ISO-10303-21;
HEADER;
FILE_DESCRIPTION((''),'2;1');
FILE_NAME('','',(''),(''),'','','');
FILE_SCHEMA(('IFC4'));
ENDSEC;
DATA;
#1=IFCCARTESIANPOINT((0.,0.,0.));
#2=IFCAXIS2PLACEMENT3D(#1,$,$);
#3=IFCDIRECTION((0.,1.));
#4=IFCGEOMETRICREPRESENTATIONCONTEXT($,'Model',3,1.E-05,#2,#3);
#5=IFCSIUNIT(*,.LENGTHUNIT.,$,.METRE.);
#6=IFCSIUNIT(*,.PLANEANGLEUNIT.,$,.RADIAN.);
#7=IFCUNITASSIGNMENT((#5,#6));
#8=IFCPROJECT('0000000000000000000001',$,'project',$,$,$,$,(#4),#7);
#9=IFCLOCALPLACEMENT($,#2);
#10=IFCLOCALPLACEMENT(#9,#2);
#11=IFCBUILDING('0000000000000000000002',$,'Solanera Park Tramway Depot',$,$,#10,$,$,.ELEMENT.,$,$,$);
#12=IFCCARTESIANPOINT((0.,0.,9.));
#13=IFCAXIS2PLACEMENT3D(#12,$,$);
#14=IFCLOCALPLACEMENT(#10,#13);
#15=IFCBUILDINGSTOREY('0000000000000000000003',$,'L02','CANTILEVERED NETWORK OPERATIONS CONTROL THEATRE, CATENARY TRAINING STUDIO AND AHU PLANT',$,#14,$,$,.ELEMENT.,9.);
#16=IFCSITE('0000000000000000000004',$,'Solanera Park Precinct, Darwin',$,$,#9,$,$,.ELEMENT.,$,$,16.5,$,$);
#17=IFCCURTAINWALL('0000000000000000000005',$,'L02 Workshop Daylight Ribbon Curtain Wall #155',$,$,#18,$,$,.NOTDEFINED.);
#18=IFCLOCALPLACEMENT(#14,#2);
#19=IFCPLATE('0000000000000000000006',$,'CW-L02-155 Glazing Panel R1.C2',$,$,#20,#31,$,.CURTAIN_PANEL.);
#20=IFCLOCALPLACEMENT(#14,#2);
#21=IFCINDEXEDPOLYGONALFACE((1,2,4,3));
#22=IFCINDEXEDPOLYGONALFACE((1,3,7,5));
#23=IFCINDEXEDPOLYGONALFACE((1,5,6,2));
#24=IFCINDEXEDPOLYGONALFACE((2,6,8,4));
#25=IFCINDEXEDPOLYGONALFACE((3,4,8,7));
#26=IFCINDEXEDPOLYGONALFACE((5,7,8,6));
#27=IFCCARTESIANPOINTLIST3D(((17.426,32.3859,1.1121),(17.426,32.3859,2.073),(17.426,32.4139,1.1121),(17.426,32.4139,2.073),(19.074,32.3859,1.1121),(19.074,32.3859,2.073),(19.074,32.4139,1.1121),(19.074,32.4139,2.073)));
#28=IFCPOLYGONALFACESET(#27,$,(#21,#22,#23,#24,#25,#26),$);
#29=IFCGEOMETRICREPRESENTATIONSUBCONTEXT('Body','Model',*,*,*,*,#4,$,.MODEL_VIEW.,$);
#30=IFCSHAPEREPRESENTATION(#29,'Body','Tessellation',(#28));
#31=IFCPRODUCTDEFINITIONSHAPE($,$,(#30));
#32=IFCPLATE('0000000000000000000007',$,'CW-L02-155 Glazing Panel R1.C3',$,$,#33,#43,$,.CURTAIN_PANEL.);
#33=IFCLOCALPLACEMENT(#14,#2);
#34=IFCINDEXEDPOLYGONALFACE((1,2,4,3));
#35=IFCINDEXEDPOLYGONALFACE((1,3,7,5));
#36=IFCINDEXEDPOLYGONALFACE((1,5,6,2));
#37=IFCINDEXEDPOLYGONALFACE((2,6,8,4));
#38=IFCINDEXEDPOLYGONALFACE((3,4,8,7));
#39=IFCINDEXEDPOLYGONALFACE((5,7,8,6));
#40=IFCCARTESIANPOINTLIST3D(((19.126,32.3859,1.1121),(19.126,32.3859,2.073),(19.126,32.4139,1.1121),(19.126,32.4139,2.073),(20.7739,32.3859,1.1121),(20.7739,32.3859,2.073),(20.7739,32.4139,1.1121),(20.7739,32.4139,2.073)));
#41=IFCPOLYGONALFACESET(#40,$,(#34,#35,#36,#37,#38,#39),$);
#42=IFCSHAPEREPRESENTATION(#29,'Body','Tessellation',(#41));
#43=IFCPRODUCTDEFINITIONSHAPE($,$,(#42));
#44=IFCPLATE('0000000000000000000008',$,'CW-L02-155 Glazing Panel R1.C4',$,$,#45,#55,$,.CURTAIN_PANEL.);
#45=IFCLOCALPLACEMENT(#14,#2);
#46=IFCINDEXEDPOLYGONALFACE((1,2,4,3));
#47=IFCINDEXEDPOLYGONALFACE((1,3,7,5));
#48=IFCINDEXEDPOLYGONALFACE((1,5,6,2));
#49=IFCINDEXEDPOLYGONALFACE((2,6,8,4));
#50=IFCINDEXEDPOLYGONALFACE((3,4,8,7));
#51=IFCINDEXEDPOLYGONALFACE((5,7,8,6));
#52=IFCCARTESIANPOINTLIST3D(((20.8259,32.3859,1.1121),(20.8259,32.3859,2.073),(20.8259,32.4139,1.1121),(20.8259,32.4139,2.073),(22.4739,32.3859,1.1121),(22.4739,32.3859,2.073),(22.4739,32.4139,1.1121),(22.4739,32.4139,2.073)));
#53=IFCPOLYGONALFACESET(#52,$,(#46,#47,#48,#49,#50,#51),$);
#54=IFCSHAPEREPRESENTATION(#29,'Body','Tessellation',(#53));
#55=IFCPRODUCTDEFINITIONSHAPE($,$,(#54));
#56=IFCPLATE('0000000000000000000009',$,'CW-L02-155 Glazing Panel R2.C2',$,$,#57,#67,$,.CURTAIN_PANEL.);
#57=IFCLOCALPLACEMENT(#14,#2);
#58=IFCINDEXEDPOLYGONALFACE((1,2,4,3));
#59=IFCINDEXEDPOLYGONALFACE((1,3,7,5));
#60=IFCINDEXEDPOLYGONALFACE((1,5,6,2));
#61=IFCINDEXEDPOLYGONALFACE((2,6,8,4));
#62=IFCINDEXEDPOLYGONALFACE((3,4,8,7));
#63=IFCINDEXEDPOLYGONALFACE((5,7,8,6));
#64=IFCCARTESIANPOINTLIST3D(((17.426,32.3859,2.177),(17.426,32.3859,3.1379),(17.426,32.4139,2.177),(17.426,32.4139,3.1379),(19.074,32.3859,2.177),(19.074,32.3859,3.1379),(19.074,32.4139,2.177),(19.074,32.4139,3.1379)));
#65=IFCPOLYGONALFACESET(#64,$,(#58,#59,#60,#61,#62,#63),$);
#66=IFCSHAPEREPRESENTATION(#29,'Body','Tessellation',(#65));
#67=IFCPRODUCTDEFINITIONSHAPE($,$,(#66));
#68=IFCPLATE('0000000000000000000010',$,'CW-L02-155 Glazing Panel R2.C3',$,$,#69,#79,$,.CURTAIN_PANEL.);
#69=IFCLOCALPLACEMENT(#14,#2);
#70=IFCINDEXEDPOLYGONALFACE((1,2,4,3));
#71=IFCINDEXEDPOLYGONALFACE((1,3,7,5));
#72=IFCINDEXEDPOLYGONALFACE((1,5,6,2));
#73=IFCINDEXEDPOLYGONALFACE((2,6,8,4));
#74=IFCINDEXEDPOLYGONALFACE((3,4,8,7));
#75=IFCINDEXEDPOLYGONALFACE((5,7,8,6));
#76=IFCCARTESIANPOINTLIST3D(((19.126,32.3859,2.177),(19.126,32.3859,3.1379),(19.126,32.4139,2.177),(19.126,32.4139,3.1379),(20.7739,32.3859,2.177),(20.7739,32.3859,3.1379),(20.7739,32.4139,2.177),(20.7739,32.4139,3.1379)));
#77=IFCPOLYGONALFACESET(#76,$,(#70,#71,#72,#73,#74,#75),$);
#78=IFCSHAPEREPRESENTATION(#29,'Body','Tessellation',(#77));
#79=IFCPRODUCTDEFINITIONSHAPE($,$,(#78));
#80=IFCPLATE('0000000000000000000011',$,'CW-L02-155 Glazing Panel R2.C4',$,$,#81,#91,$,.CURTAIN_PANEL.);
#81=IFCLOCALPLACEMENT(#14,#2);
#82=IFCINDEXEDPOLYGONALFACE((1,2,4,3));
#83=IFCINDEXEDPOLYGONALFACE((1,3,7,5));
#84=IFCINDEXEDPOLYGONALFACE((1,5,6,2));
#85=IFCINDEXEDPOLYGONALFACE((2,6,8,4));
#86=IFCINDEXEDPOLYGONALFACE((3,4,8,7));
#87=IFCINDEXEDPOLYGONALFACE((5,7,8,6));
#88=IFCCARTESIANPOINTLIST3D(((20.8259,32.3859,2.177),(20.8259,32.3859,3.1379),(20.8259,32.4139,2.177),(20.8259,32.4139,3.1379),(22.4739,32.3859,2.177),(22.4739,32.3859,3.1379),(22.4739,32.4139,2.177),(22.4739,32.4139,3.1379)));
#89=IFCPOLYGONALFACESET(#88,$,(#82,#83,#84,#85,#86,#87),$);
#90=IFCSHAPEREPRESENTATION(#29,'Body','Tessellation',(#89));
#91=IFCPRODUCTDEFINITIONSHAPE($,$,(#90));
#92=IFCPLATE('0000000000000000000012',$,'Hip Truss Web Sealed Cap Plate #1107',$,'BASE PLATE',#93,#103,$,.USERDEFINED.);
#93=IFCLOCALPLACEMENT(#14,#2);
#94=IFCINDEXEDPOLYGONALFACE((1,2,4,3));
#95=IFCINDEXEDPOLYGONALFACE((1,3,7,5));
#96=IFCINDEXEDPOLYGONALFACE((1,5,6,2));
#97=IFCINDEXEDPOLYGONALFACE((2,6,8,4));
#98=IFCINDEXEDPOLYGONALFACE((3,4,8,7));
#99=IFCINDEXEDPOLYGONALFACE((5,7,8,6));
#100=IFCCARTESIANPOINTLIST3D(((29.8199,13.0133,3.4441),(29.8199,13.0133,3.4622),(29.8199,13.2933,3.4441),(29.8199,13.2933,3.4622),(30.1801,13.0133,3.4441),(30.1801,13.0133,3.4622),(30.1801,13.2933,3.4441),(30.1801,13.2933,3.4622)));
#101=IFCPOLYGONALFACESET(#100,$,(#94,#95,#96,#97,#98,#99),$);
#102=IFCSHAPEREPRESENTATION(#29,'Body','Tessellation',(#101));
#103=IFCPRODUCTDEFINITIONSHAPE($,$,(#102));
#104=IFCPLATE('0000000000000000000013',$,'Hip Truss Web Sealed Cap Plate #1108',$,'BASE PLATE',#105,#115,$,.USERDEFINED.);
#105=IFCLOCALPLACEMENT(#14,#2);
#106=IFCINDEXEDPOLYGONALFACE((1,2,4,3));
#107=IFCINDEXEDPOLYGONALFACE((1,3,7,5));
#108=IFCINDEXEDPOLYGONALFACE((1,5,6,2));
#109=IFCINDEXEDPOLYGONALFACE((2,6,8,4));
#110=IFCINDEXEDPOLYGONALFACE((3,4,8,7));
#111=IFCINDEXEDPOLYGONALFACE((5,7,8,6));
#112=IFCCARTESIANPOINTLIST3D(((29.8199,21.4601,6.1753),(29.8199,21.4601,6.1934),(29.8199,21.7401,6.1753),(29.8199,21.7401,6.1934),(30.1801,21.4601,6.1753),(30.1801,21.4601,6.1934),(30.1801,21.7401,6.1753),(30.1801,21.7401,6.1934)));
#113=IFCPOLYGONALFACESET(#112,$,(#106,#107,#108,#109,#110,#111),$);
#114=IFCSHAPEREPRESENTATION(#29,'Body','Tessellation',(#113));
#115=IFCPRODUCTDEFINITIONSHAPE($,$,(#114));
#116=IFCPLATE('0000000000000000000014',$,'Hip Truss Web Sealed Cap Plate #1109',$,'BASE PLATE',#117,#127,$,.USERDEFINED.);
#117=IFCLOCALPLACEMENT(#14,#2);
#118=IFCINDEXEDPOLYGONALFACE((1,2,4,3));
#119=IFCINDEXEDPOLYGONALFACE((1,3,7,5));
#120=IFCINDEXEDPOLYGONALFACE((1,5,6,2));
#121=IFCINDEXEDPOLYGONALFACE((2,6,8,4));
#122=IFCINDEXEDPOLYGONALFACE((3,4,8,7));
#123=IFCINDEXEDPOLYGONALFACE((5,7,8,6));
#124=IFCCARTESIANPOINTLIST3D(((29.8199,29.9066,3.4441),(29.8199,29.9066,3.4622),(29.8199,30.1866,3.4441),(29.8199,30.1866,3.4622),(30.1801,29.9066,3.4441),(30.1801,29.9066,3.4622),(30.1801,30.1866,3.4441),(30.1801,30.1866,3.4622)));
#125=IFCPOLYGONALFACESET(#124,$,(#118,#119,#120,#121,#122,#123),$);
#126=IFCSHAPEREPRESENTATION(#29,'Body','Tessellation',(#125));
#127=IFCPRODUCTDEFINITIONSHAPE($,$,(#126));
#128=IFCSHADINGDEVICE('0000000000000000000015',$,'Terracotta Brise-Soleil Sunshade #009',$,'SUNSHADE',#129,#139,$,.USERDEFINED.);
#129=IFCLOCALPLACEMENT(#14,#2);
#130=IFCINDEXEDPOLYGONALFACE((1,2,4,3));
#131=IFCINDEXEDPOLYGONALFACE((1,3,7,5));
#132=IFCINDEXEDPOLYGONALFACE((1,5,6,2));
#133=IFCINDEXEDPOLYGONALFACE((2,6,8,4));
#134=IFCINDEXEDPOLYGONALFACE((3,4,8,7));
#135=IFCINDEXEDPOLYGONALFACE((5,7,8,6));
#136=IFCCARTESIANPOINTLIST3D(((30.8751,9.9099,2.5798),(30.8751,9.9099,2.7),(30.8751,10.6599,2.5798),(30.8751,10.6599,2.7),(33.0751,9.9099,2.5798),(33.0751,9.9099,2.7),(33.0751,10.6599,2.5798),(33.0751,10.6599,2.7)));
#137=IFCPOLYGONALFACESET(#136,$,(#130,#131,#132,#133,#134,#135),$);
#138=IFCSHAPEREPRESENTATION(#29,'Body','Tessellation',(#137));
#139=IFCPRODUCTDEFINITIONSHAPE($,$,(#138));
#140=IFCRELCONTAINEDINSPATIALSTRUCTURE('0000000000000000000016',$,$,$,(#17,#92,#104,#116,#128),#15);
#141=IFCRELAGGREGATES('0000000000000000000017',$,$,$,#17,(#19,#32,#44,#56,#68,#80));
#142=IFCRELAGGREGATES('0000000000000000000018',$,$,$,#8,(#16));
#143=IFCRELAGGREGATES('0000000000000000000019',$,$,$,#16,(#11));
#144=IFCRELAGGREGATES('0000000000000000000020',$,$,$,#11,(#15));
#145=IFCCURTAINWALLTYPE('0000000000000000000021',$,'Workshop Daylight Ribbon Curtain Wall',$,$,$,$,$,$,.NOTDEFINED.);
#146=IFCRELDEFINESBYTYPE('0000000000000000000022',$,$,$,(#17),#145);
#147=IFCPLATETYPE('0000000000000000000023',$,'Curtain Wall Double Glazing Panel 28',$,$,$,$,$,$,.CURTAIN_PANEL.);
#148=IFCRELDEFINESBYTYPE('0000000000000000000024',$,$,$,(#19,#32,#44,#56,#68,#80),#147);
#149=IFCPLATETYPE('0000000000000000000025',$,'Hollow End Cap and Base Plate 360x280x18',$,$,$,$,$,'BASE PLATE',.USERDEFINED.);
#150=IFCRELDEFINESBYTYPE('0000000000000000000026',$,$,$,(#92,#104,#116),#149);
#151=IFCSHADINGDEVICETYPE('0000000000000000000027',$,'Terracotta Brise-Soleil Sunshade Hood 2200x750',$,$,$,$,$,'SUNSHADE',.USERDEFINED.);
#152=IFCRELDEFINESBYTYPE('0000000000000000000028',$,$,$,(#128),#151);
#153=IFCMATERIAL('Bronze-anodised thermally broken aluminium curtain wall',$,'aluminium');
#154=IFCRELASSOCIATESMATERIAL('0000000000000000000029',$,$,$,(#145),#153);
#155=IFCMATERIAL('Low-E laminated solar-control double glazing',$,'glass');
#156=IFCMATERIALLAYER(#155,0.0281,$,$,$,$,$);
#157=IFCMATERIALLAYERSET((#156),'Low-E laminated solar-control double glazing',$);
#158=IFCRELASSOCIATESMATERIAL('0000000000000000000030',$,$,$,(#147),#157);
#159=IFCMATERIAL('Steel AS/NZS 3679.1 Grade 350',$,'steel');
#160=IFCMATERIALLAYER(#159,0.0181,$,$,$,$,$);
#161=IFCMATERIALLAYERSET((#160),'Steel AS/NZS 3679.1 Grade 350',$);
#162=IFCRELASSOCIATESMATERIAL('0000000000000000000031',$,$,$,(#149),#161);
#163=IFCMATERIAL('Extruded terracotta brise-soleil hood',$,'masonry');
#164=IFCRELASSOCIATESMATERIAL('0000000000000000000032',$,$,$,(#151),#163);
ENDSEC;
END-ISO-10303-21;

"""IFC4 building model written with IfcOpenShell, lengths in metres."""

from ifc_helpers import new_model, si_unit, direction, frame, origin, origin_2d, place, context, subcontext, project, spatial, rectangle, extrude, material, layer, layer_set, type_object, element, aggregate, save


model = new_model("IFC4")

# Units and contexts
model_context = context("Model", 3, precision=1e-05, world=origin(), true_north=direction((0.0, 1.0)))
body_context = subcontext(model_context, "Body", "Model", "MODEL_VIEW")
ifc_project = project(units=[si_unit("LENGTHUNIT", "METRE"), si_unit("PLANEANGLEUNIT", "RADIAN")], contexts=[model_context])

# Site, building, storey
site_placement = place(None, origin())
site = spatial("IfcSite", under=ifc_project, at=site_placement, Name="Solanera Park Precinct, Darwin", CompositionType="ELEMENT", RefElevation=16.5)
building_placement = place(site_placement, origin())
building = spatial("IfcBuilding", under=site, at=building_placement, Name="Solanera Park Tramway Depot", CompositionType="ELEMENT")
storey_placement = place(building_placement, frame((0.0, 0.0, 9.0)))
storey = spatial("IfcBuildingStorey", under=building, at=storey_placement, Name="L02", Description="CANTILEVERED NETWORK OPERATIONS CONTROL THEATRE, CATENARY TRAINING STUDIO AND AHU PLANT", CompositionType="ELEMENT", Elevation=9.0)

# Curtain wall
ifc_material_1 = material(Name="Bronze-anodised thermally broken aluminium curtain wall", Category="aluminium")
curtain_wall_type = type_object("IfcCurtainWallType", Name="Workshop Daylight Ribbon Curtain Wall", PredefinedType="NOTDEFINED", material=ifc_material_1)
curtain_wall_placement = place(storey_placement, origin())
curtain_wall = element("IfcCurtainWall", 1, at=curtain_wall_placement, inside=storey, type_object=curtain_wall_type, Name="L02 Workshop Daylight Ribbon Curtain Wall #155", PredefinedType="NOTDEFINED")

# Plates
ifc_material_2 = material(Name="Low-E laminated solar-control double glazing", Category="glass")
ifc_layer_1 = layer(ifc_material_2, 0.0281)
ifc_layer_set_1 = layer_set([ifc_layer_1], Name="Low-E laminated solar-control double glazing")
plate_type_1 = type_object("IfcPlateType", Name="Curtain Wall Double Glazing Panel 28", PredefinedType="CURTAIN_PANEL", material=ifc_layer_set_1)
plate_1_placement = place(storey_placement, frame((18.25, 32.3999, 1.1121), z_axis=(0.0, 0.0, 1.0), x_axis=(1.0, 0.0, 0.0)))
plate_1 = element("IfcPlate", 2, at=plate_1_placement, type_object=plate_type_1, Name="CW-L02-155 Glazing Panel R1.C2", PredefinedType="CURTAIN_PANEL", context=body_context, shape_type="SweptSolid", body=[
    extrude(rectangle(XDim=1.6479, YDim=0.0281, at=origin_2d()), origin(), (0.0, 0.0, 1.0), 0.9609),
])
plate_2_placement = place(storey_placement, frame((19.95, 32.3999, 1.1121), z_axis=(0.0, 0.0, 1.0), x_axis=(1.0, 0.0, 0.0)))
plate_2 = element("IfcPlate", 3, at=plate_2_placement, type_object=plate_type_1, Name="CW-L02-155 Glazing Panel R1.C3", PredefinedType="CURTAIN_PANEL", context=body_context, shape_type="SweptSolid", body=[
    extrude(rectangle(XDim=1.6479, YDim=0.0281, at=origin_2d()), origin(), (0.0, 0.0, 1.0), 0.9609),
])
plate_3_placement = place(storey_placement, frame((21.6499, 32.3999, 1.1121), z_axis=(0.0, 0.0, 1.0), x_axis=(1.0, 0.0, 0.0)))
plate_3 = element("IfcPlate", 4, at=plate_3_placement, type_object=plate_type_1, Name="CW-L02-155 Glazing Panel R1.C4", PredefinedType="CURTAIN_PANEL", context=body_context, shape_type="SweptSolid", body=[
    extrude(rectangle(XDim=1.6479, YDim=0.0281, at=origin_2d()), origin(), (0.0, 0.0, 1.0), 0.9609),
])
plate_4_placement = place(storey_placement, frame((18.25, 32.3999, 2.177), z_axis=(0.0, 0.0, 1.0), x_axis=(1.0, 0.0, 0.0)))
plate_4 = element("IfcPlate", 5, at=plate_4_placement, type_object=plate_type_1, Name="CW-L02-155 Glazing Panel R2.C2", PredefinedType="CURTAIN_PANEL", context=body_context, shape_type="SweptSolid", body=[
    extrude(rectangle(XDim=1.6479, YDim=0.0281, at=origin_2d()), origin(), (0.0, 0.0, 1.0), 0.9609),
])
plate_5_placement = place(storey_placement, frame((19.95, 32.3999, 2.177), z_axis=(0.0, 0.0, 1.0), x_axis=(1.0, 0.0, 0.0)))
plate_5 = element("IfcPlate", 6, at=plate_5_placement, type_object=plate_type_1, Name="CW-L02-155 Glazing Panel R2.C3", PredefinedType="CURTAIN_PANEL", context=body_context, shape_type="SweptSolid", body=[
    extrude(rectangle(XDim=1.6479, YDim=0.0281, at=origin_2d()), origin(), (0.0, 0.0, 1.0), 0.9609),
])
plate_6_placement = place(storey_placement, frame((21.6499, 32.3999, 2.177), z_axis=(0.0, 0.0, 1.0), x_axis=(1.0, 0.0, 0.0)))
plate_6 = element("IfcPlate", 7, at=plate_6_placement, type_object=plate_type_1, Name="CW-L02-155 Glazing Panel R2.C4", PredefinedType="CURTAIN_PANEL", context=body_context, shape_type="SweptSolid", body=[
    extrude(rectangle(XDim=1.6479, YDim=0.0281, at=origin_2d()), origin(), (0.0, 0.0, 1.0), 0.9609),
])
aggregate(curtain_wall, [plate_1, plate_2, plate_3, plate_4, plate_5, plate_6])

# Plates
ifc_material_3 = material(Name="Steel AS/NZS 3679.1 Grade 350", Category="steel")
ifc_layer_2 = layer(ifc_material_3, 0.0181)
ifc_layer_set_2 = layer_set([ifc_layer_2], Name="Steel AS/NZS 3679.1 Grade 350")
plate_type_2 = type_object("IfcPlateType", Name="Hollow End Cap and Base Plate 360x280x18", ElementType="BASE PLATE", PredefinedType="USERDEFINED", material=ifc_layer_set_2)
for number, where, z_axis, x_axis, name in (
    (8, (30.0, 13.1533, 3.4441), (0.0, 0.0, 1.0), (1.0, 0.0, 0.0), "Hip Truss Web Sealed Cap Plate #1107"),
    (9, (30.0, 21.6001, 6.1753), (0.0, 0.0, 1.0), (1.0, 0.0, 0.0), "Hip Truss Web Sealed Cap Plate #1108"),
    (10, (30.0, 30.0466, 3.4441), (0.0, 0.0, 1.0), (1.0, 0.0, 0.0), "Hip Truss Web Sealed Cap Plate #1109"),
):
    element("IfcPlate", number, at=place(storey_placement, frame(where, z_axis=z_axis, x_axis=x_axis)), inside=storey, type_object=plate_type_2, Name=name, ObjectType="BASE PLATE", PredefinedType="USERDEFINED", context=body_context, shape_type="SweptSolid", body=[
        extrude(rectangle(XDim=0.3601, YDim=0.28, at=origin_2d()), origin(), (0.0, 0.0, 1.0), 0.0181),
    ])

# Shading device
ifc_material_4 = material(Name="Extruded terracotta brise-soleil hood", Category="masonry")
shading_device_type = type_object("IfcShadingDeviceType", Name="Terracotta Brise-Soleil Sunshade Hood 2200x750", ElementType="SUNSHADE", PredefinedType="USERDEFINED", material=ifc_material_4)
shading_device_placement = place(storey_placement, frame((31.9751, 10.2849, 2.5798), z_axis=(0.0, 0.0, 1.0), x_axis=(1.0, 0.0, 0.0)))
element("IfcShadingDevice", 11, at=shading_device_placement, inside=storey, type_object=shading_device_type, Name="Terracotta Brise-Soleil Sunshade #009", ObjectType="SUNSHADE", PredefinedType="USERDEFINED", context=body_context, shape_type="SweptSolid", body=[
    extrude(rectangle(XDim=2.2, YDim=0.75, at=origin_2d()), origin(), (0.0, 0.0, 1.0), 0.1201),
])

save(model, "model.ifc")
